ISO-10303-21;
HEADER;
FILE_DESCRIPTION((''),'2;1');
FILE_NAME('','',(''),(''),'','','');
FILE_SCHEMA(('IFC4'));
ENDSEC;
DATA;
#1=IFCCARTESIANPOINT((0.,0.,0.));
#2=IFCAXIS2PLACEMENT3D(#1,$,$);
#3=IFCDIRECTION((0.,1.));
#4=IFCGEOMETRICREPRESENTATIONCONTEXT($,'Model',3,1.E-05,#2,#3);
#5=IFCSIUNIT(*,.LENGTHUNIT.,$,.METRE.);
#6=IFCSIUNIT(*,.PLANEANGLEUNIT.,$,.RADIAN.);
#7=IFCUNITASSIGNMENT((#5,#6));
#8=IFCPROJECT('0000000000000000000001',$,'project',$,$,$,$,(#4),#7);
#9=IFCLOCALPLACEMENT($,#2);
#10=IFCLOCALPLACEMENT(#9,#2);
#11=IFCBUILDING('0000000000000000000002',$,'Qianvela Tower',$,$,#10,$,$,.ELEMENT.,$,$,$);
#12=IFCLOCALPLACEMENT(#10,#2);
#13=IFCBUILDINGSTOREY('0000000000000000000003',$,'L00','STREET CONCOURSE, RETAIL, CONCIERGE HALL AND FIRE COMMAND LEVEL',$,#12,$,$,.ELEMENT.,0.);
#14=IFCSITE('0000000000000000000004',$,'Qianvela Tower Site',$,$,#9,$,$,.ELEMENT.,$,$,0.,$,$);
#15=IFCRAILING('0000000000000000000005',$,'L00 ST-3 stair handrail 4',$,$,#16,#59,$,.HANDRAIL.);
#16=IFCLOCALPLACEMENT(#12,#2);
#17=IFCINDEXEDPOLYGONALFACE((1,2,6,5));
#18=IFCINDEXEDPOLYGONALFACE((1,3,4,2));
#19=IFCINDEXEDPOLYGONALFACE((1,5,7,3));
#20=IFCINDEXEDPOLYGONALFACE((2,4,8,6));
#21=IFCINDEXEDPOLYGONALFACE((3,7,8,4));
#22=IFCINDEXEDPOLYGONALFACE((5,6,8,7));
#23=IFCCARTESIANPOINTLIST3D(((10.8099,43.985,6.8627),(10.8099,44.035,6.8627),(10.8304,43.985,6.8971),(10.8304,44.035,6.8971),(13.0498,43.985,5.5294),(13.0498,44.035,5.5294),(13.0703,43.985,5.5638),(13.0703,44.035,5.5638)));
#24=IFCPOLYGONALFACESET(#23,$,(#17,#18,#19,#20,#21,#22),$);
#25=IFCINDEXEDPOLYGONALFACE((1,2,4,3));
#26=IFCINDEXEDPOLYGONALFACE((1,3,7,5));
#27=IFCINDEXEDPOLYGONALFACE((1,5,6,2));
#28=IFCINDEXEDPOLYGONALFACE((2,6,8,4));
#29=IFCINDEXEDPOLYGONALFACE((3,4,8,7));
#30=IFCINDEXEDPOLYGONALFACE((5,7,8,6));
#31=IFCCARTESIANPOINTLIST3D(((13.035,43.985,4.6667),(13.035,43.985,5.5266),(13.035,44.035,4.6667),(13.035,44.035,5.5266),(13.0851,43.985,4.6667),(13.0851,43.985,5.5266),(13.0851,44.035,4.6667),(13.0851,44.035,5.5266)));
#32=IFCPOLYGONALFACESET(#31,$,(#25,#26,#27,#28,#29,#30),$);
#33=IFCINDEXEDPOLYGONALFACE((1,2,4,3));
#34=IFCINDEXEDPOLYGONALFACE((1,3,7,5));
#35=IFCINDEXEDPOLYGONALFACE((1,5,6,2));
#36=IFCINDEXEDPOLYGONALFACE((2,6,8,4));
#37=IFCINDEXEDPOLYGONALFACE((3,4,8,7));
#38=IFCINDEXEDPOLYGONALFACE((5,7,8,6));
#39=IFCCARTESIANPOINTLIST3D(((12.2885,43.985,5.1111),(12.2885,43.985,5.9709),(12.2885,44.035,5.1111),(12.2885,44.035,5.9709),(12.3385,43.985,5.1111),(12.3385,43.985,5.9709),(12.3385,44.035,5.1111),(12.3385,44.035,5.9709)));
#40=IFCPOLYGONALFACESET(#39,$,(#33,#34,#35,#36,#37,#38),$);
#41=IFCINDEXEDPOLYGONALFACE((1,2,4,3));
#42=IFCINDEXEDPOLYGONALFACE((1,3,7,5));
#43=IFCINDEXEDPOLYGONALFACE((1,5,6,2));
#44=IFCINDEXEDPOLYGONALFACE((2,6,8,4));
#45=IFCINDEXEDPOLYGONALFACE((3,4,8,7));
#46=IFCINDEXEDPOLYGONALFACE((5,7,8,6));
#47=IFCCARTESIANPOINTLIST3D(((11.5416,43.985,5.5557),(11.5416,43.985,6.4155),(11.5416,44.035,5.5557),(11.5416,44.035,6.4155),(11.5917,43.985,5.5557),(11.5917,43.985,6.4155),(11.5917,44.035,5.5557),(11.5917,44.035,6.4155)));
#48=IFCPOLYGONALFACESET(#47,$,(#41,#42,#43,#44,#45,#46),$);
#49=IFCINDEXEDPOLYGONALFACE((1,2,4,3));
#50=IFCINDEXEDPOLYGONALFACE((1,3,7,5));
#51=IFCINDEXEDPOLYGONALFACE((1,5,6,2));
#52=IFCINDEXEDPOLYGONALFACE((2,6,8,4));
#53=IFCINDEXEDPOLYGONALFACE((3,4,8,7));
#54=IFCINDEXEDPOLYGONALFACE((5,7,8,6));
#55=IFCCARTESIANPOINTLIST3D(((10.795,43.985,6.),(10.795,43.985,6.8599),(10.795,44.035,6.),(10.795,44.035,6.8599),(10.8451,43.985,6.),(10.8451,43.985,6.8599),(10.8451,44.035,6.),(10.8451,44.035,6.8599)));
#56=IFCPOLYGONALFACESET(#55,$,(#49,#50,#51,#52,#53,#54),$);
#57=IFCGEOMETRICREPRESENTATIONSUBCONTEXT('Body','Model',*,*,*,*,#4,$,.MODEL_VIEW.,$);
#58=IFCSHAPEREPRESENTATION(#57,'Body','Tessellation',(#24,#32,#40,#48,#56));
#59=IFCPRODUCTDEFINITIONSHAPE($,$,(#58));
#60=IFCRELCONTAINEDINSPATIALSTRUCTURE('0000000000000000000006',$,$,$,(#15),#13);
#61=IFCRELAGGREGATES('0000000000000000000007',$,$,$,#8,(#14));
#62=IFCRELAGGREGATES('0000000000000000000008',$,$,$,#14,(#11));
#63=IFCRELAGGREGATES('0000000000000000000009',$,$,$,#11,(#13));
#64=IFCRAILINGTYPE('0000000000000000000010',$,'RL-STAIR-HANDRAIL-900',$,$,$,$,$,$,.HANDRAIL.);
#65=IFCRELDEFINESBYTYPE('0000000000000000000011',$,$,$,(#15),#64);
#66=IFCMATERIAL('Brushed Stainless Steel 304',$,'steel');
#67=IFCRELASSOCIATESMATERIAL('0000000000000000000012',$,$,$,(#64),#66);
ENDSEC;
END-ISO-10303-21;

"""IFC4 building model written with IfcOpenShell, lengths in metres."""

from ifc_helpers import new_model, si_unit, direction, frame, origin, origin_2d, place, context, subcontext, project, spatial, rectangle, extrude, material, type_object, element, save


model = new_model("IFC4")

# Units and contexts
model_context = context("Model", 3, precision=1e-05, world=origin(), true_north=direction((0.0, 1.0)))
body_context = subcontext(model_context, "Body", "Model", "MODEL_VIEW")
ifc_project = project(units=[si_unit("LENGTHUNIT", "METRE"), si_unit("PLANEANGLEUNIT", "RADIAN")], contexts=[model_context])

# Site, building, storey
site_placement = place(None, origin())
site = spatial("IfcSite", under=ifc_project, at=site_placement, Name="Qianvela Tower Site", CompositionType="ELEMENT", RefElevation=0.0)
building_placement = place(site_placement, origin())
building = spatial("IfcBuilding", under=site, at=building_placement, Name="Qianvela Tower", CompositionType="ELEMENT")
storey_placement = place(building_placement, origin())
storey = spatial("IfcBuildingStorey", under=building, at=storey_placement, Name="L00", Description="STREET CONCOURSE, RETAIL, CONCIERGE HALL AND FIRE COMMAND LEVEL", CompositionType="ELEMENT", Elevation=0.0)

# Railing
ifc_material_1 = material(Name="Brushed Stainless Steel 304", Category="steel")
railing_type_1 = type_object("IfcRailingType", Name="RL-STAIR-HANDRAIL-900", PredefinedType="HANDRAIL", material=ifc_material_1)
for number, where, name in (
    (1, (13.0601, 44.01, 4.6667), "L00 ST-3 stair handrail 4"),
):
    element("IfcRailing", number, at=place(storey_placement, frame(where)), inside=storey, type_object=railing_type_1, Name=name, PredefinedType="HANDRAIL", context=body_context, shape_type="SweptSolid", body=[
        extrude(rectangle(XDim=0.05, YDim=0.04, at=origin_2d()), frame((0.0, 0.0, 0.8799), z_axis=(-0.859306, 0.0, 0.511462), x_axis=(0.0, -1.0, 0.0)), (0.0, 0.0, 1.0), 2.6067),
        extrude(rectangle(XDim=0.05, YDim=0.05, at=origin_2d()), origin(), (0.0, 0.0, 1.0), 0.8599),
        extrude(rectangle(XDim=0.05, YDim=0.05, at=origin_2d()), frame((-0.7466, 0.0, 0.4443)), (0.0, 0.0, 1.0), 0.8599),
        extrude(rectangle(XDim=0.05, YDim=0.05, at=origin_2d()), frame((-1.4934, 0.0, 0.8889)), (0.0, 0.0, 1.0), 0.8599),
        extrude(rectangle(XDim=0.05, YDim=0.05, at=origin_2d()), frame((-2.24, 0.0, 1.3333)), (0.0, 0.0, 1.0), 0.8599),
    ])

save(model, "model.ifc")
